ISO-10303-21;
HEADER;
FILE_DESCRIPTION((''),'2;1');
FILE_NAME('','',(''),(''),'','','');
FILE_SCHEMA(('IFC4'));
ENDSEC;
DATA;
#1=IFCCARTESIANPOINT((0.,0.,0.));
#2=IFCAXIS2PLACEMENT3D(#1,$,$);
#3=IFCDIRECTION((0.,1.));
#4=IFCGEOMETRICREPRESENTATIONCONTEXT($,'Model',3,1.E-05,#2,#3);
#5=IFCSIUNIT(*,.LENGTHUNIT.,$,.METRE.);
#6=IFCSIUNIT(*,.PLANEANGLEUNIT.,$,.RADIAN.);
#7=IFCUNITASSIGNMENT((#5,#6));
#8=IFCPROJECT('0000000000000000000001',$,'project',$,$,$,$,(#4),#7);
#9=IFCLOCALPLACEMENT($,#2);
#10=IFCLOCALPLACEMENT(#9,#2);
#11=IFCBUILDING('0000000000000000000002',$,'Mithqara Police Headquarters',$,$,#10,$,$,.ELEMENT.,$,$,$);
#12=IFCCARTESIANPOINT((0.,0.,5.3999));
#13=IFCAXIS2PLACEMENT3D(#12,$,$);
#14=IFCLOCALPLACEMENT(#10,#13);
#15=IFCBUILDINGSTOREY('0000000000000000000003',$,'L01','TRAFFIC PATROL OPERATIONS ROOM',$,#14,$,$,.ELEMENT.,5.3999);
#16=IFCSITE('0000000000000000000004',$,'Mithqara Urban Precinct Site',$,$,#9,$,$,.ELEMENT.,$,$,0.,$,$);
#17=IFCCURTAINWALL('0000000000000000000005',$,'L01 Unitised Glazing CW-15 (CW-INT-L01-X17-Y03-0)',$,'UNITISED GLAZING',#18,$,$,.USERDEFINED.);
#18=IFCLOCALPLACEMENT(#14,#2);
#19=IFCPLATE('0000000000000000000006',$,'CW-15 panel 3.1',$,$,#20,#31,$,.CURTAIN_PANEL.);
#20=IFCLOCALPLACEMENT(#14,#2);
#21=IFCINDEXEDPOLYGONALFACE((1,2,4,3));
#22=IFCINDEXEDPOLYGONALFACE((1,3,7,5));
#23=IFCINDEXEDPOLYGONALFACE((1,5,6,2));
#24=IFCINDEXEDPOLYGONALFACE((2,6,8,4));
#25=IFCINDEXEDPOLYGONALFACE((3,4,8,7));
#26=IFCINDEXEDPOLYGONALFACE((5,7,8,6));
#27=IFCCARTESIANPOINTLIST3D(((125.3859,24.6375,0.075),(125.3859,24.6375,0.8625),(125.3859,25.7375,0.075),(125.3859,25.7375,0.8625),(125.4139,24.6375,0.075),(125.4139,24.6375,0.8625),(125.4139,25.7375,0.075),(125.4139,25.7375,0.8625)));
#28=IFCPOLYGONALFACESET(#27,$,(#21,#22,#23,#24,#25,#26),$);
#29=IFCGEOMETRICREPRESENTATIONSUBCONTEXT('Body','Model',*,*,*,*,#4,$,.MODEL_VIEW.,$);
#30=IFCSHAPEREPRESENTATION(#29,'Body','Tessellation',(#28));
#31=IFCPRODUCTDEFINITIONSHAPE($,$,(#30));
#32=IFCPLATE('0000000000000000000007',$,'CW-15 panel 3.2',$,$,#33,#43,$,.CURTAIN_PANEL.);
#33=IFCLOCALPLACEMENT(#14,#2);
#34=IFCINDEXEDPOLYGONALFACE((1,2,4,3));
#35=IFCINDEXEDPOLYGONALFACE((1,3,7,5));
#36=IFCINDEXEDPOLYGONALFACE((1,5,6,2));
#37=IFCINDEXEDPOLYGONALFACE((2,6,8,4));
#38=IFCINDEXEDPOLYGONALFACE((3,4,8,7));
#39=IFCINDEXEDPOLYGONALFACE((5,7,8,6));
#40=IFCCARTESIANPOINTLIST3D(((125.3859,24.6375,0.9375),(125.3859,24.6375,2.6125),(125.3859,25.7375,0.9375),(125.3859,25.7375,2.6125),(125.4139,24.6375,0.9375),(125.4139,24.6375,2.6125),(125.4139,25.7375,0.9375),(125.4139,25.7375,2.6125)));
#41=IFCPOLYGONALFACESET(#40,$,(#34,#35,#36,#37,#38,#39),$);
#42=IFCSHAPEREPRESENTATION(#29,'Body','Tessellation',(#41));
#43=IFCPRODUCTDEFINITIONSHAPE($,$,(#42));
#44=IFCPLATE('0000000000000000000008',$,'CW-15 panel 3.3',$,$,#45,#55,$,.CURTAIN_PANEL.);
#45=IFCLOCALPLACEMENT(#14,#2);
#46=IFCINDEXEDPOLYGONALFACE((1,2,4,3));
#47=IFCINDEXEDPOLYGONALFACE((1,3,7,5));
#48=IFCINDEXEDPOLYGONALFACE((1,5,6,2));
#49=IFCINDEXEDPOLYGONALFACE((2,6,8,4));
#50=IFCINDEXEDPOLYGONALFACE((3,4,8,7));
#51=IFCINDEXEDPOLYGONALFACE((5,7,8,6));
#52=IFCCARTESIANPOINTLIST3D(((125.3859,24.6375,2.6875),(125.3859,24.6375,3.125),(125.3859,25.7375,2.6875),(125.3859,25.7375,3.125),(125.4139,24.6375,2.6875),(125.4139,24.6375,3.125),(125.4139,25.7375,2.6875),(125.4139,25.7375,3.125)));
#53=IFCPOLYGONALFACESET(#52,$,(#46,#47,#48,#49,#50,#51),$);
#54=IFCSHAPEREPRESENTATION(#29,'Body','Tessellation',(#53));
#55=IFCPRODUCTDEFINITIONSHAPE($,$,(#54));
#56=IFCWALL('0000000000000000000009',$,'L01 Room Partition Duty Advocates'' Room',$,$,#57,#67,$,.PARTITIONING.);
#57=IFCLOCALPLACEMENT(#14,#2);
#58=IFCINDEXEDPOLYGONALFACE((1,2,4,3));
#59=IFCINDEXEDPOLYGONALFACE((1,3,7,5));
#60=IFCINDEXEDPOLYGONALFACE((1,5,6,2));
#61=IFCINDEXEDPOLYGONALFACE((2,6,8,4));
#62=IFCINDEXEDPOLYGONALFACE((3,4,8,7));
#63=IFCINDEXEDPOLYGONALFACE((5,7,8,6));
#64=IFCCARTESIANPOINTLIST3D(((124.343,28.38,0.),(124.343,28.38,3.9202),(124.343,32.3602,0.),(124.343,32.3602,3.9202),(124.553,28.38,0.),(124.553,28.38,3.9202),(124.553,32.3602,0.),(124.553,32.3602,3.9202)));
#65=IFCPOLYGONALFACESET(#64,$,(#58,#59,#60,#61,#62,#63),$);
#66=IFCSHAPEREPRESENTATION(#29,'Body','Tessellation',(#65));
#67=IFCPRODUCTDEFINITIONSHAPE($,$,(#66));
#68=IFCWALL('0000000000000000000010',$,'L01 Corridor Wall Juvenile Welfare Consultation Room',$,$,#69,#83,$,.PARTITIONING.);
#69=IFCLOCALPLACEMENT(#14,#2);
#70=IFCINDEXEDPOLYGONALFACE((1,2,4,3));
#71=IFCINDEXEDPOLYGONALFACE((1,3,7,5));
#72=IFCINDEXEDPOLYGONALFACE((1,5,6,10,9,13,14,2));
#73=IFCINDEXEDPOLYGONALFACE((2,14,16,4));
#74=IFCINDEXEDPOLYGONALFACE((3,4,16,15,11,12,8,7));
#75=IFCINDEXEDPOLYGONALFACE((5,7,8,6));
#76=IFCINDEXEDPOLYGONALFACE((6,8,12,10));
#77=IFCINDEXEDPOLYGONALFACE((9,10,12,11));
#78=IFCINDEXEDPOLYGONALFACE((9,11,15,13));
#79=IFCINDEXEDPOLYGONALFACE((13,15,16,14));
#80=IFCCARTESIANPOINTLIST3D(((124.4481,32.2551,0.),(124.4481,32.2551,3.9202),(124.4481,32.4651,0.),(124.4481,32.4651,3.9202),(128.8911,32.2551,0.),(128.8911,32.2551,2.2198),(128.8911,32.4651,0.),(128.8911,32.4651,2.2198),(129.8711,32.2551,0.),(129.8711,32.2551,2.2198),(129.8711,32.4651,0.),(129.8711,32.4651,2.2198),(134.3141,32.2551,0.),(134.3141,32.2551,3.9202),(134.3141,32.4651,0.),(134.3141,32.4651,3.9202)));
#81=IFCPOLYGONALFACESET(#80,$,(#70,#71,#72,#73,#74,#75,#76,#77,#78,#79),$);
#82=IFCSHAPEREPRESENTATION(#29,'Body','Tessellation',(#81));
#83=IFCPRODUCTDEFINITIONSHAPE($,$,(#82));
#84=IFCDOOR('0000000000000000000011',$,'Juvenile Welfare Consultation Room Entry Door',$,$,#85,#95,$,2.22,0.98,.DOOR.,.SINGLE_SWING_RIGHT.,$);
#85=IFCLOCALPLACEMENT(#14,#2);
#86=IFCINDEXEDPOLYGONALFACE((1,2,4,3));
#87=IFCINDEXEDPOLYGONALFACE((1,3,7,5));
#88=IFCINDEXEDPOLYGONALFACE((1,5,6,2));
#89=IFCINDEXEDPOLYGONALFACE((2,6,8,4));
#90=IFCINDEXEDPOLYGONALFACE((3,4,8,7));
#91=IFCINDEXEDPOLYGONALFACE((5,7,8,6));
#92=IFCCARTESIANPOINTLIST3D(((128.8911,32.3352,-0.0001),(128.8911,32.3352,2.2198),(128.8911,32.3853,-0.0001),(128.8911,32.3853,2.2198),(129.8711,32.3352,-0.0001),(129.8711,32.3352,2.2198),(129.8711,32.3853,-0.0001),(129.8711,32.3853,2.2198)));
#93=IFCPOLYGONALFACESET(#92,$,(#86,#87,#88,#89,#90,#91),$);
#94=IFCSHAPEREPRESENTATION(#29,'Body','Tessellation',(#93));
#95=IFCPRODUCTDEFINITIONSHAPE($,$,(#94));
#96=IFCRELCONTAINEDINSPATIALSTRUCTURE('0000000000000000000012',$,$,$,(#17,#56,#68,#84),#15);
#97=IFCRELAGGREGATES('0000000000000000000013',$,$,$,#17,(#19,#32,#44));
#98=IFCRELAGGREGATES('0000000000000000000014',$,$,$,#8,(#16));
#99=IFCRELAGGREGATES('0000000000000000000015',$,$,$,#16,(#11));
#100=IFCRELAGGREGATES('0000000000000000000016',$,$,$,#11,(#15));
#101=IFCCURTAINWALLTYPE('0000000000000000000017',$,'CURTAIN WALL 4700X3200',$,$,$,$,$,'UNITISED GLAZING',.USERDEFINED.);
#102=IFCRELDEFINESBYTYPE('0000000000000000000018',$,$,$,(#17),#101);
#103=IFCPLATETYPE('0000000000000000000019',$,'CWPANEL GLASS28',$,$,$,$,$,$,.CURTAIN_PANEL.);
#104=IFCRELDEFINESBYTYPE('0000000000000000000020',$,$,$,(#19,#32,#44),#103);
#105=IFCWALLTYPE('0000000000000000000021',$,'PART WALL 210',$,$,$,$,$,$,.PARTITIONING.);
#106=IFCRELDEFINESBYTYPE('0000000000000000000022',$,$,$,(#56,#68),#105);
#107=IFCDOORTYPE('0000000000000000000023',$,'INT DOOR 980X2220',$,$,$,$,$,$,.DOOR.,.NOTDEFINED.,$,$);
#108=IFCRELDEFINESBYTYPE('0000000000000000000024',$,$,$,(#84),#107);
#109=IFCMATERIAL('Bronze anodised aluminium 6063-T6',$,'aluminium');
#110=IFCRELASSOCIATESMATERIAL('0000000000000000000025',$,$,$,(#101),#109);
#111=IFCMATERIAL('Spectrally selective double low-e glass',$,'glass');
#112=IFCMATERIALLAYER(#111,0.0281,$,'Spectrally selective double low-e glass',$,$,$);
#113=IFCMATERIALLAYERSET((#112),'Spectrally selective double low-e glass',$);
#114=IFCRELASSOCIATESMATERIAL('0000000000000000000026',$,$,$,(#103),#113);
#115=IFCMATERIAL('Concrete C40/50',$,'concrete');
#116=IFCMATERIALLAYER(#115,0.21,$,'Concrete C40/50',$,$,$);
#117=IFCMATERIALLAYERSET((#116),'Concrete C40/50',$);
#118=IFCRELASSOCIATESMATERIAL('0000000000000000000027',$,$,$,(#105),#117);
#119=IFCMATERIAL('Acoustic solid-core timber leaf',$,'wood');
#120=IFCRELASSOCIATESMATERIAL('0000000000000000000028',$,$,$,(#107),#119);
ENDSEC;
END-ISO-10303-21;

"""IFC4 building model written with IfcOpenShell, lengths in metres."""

from ifc_helpers import new_model, si_unit, direction, frame, frame_2d, origin, origin_2d, place, context, subcontext, project, spatial, rectangle, extrude, material, layer, layer_set, type_object, element, fill, aggregate, save


model = new_model("IFC4")

# Units and contexts
model_context = context("Model", 3, precision=1e-05, world=origin(), true_north=direction((0.0, 1.0)))
body_context = subcontext(model_context, "Body", "Model", "MODEL_VIEW")
ifc_project = project(units=[si_unit("LENGTHUNIT", "METRE"), si_unit("PLANEANGLEUNIT", "RADIAN")], contexts=[model_context])

# Site, building, storey
site_placement = place(None, origin())
site = spatial("IfcSite", under=ifc_project, at=site_placement, Name="Mithqara Urban Precinct Site", CompositionType="ELEMENT", RefElevation=0.0)
building_placement = place(site_placement, origin())
building = spatial("IfcBuilding", under=site, at=building_placement, Name="Mithqara Police Headquarters", CompositionType="ELEMENT")
storey_placement = place(building_placement, frame((0.0, 0.0, 5.3999)))
storey = spatial("IfcBuildingStorey", under=building, at=storey_placement, Name="L01", Description="TRAFFIC PATROL OPERATIONS ROOM", CompositionType="ELEMENT", Elevation=5.3999)

# Shared definitions
ifc_material_1 = material(Name="Concrete C40/50", Category="concrete")

# Shared definitions
ifc_material_2 = material(Name="Bronze anodised aluminium 6063-T6", Category="aluminium")
curtain_wall_type = type_object("IfcCurtainWallType", Name="CURTAIN WALL 4700X3200", ElementType="UNITISED GLAZING", PredefinedType="USERDEFINED", material=ifc_material_2)

# Curtain wall
curtain_wall_1_placement = place(storey_placement, origin())
curtain_wall_1 = element("IfcCurtainWall", 1, at=curtain_wall_1_placement, inside=storey, type_object=curtain_wall_type, Name="L01 Unitised Glazing CW-15 (CW-INT-L01-X17-Y03-0)", ObjectType="UNITISED GLAZING", PredefinedType="USERDEFINED")

# Plates
ifc_material_3 = material(Name="Spectrally selective double low-e glass", Category="glass")
ifc_layer_1 = layer(ifc_material_3, 0.0281, Name="Spectrally selective double low-e glass")
ifc_layer_set_1 = layer_set([ifc_layer_1], Name="Spectrally selective double low-e glass")
plate_type = type_object("IfcPlateType", Name="CWPANEL GLASS28", PredefinedType="CURTAIN_PANEL", material=ifc_layer_set_1)
plate_1_placement = place(storey_placement, frame((125.3999, 25.1875, 0.075), z_axis=(0.0, 0.0, 1.0), x_axis=(0.0, 1.0, 0.0)))
plate_1 = element("IfcPlate", 2, at=plate_1_placement, type_object=plate_type, Name="CW-15 panel 3.1", PredefinedType="CURTAIN_PANEL", context=body_context, shape_type="SweptSolid", body=[
    extrude(rectangle(XDim=1.1001, YDim=0.0281, at=origin_2d()), origin(), (0.0, 0.0, 1.0), 0.7876),
])
plate_2_placement = place(storey_placement, frame((125.3999, 25.1875, 0.9375), z_axis=(0.0, 0.0, 1.0), x_axis=(0.0, 1.0, 0.0)))
plate_2 = element("IfcPlate", 3, at=plate_2_placement, type_object=plate_type, Name="CW-15 panel 3.2", PredefinedType="CURTAIN_PANEL", context=body_context, shape_type="SweptSolid", body=[
    extrude(rectangle(XDim=1.1001, YDim=0.0281, at=origin_2d()), origin(), (0.0, 0.0, 1.0), 1.675),
])
plate_3_placement = place(storey_placement, frame((125.3999, 25.1875, 2.6875), z_axis=(0.0, 0.0, 1.0), x_axis=(0.0, 1.0, 0.0)))
plate_3 = element("IfcPlate", 4, at=plate_3_placement, type_object=plate_type, Name="CW-15 panel 3.3", PredefinedType="CURTAIN_PANEL", context=body_context, shape_type="SweptSolid", body=[
    extrude(rectangle(XDim=1.1001, YDim=0.0281, at=origin_2d()), origin(), (0.0, 0.0, 1.0), 0.4375),
])
aggregate(curtain_wall_1, [plate_1, plate_2, plate_3])

# Wall
ifc_layer_2 = layer(ifc_material_1, 0.21, Name="Concrete C40/50")
ifc_layer_set_2 = layer_set([ifc_layer_2], Name="Concrete C40/50")
wall_type = type_object("IfcWallType", Name="PART WALL 210", PredefinedType="PARTITIONING", material=ifc_layer_set_2)
wall_1_placement = place(storey_placement, frame((124.448, 28.3799, 0.0), z_axis=(0.0, 0.0, 1.0), x_axis=(0.0, 1.0, 0.0)))
element("IfcWall", 5, at=wall_1_placement, inside=storey, type_object=wall_type, Name="L01 Room Partition Duty Advocates' Room", PredefinedType="PARTITIONING", context=body_context, shape_type="SweptSolid", body=[
    extrude(rectangle(XDim=3.9802, YDim=0.21, at=frame_2d((1.9902, 0.0))), origin(), (0.0, 0.0, 1.0), 3.9202),
])

# Wall, opening, door
wall_2_placement = place(storey_placement, frame((124.448, 32.3601, 0.0), z_axis=(0.0, 0.0, 1.0), x_axis=(1.0, 0.0, 0.0)))
wall_2 = element("IfcWall", 6, at=wall_2_placement, inside=storey, type_object=wall_type, Name="L01 Corridor Wall Juvenile Welfare Consultation Room", PredefinedType="PARTITIONING", context=body_context, shape_type="SweptSolid", body=[
    extrude(rectangle(XDim=9.866, YDim=0.21, at=frame_2d((4.9331, 0.0))), origin(), (0.0, 0.0, 1.0), 3.9202),
])
opening_placement = place(wall_2_placement, frame((4.4431, 0.0, 0.0)))
opening = element("IfcOpeningElement", 7, at=opening_placement, cuts=wall_2, PredefinedType="OPENING", context=body_context, shape_type="SweptSolid", body=[
    extrude(rectangle(XDim=0.98, YDim=2.22, at=frame_2d((0.49, 1.1099))), frame((0.0, 0.115, 0.0), z_axis=(0.0, -1.0, 0.0), x_axis=(1.0, 0.0, 0.0)), (0.0, 0.0, 1.0), 0.23),
])
ifc_material_4 = material(Name="Acoustic solid-core timber leaf", Category="wood")
door_type = type_object("IfcDoorType", Name="INT DOOR 980X2220", OperationType="NOTDEFINED", PredefinedType="DOOR", material=ifc_material_4)
door_placement = place(opening_placement, frame((0.98, 0.0, 0.0), z_axis=(0.0, 0.0, 1.0), x_axis=(-1.0, 0.0, 0.0)))
door = element("IfcDoor", 8, at=door_placement, inside=storey, type_object=door_type, Name="Juvenile Welfare Consultation Room Entry Door", OperationType="SINGLE_SWING_RIGHT", OverallHeight=2.22, OverallWidth=0.98, PredefinedType="DOOR", context=body_context, shape_type="SweptSolid", body=[
    extrude(rectangle(XDim=0.98, YDim=2.22, at=frame_2d((0.49, 1.1099))), frame((0.0, 0.0249, 0.0), z_axis=(0.0, -1.0, 0.0), x_axis=(1.0, 0.0, 0.0)), (0.0, 0.0, 1.0), 0.05),
])
fill(opening, door)

save(model, "model.ifc")
